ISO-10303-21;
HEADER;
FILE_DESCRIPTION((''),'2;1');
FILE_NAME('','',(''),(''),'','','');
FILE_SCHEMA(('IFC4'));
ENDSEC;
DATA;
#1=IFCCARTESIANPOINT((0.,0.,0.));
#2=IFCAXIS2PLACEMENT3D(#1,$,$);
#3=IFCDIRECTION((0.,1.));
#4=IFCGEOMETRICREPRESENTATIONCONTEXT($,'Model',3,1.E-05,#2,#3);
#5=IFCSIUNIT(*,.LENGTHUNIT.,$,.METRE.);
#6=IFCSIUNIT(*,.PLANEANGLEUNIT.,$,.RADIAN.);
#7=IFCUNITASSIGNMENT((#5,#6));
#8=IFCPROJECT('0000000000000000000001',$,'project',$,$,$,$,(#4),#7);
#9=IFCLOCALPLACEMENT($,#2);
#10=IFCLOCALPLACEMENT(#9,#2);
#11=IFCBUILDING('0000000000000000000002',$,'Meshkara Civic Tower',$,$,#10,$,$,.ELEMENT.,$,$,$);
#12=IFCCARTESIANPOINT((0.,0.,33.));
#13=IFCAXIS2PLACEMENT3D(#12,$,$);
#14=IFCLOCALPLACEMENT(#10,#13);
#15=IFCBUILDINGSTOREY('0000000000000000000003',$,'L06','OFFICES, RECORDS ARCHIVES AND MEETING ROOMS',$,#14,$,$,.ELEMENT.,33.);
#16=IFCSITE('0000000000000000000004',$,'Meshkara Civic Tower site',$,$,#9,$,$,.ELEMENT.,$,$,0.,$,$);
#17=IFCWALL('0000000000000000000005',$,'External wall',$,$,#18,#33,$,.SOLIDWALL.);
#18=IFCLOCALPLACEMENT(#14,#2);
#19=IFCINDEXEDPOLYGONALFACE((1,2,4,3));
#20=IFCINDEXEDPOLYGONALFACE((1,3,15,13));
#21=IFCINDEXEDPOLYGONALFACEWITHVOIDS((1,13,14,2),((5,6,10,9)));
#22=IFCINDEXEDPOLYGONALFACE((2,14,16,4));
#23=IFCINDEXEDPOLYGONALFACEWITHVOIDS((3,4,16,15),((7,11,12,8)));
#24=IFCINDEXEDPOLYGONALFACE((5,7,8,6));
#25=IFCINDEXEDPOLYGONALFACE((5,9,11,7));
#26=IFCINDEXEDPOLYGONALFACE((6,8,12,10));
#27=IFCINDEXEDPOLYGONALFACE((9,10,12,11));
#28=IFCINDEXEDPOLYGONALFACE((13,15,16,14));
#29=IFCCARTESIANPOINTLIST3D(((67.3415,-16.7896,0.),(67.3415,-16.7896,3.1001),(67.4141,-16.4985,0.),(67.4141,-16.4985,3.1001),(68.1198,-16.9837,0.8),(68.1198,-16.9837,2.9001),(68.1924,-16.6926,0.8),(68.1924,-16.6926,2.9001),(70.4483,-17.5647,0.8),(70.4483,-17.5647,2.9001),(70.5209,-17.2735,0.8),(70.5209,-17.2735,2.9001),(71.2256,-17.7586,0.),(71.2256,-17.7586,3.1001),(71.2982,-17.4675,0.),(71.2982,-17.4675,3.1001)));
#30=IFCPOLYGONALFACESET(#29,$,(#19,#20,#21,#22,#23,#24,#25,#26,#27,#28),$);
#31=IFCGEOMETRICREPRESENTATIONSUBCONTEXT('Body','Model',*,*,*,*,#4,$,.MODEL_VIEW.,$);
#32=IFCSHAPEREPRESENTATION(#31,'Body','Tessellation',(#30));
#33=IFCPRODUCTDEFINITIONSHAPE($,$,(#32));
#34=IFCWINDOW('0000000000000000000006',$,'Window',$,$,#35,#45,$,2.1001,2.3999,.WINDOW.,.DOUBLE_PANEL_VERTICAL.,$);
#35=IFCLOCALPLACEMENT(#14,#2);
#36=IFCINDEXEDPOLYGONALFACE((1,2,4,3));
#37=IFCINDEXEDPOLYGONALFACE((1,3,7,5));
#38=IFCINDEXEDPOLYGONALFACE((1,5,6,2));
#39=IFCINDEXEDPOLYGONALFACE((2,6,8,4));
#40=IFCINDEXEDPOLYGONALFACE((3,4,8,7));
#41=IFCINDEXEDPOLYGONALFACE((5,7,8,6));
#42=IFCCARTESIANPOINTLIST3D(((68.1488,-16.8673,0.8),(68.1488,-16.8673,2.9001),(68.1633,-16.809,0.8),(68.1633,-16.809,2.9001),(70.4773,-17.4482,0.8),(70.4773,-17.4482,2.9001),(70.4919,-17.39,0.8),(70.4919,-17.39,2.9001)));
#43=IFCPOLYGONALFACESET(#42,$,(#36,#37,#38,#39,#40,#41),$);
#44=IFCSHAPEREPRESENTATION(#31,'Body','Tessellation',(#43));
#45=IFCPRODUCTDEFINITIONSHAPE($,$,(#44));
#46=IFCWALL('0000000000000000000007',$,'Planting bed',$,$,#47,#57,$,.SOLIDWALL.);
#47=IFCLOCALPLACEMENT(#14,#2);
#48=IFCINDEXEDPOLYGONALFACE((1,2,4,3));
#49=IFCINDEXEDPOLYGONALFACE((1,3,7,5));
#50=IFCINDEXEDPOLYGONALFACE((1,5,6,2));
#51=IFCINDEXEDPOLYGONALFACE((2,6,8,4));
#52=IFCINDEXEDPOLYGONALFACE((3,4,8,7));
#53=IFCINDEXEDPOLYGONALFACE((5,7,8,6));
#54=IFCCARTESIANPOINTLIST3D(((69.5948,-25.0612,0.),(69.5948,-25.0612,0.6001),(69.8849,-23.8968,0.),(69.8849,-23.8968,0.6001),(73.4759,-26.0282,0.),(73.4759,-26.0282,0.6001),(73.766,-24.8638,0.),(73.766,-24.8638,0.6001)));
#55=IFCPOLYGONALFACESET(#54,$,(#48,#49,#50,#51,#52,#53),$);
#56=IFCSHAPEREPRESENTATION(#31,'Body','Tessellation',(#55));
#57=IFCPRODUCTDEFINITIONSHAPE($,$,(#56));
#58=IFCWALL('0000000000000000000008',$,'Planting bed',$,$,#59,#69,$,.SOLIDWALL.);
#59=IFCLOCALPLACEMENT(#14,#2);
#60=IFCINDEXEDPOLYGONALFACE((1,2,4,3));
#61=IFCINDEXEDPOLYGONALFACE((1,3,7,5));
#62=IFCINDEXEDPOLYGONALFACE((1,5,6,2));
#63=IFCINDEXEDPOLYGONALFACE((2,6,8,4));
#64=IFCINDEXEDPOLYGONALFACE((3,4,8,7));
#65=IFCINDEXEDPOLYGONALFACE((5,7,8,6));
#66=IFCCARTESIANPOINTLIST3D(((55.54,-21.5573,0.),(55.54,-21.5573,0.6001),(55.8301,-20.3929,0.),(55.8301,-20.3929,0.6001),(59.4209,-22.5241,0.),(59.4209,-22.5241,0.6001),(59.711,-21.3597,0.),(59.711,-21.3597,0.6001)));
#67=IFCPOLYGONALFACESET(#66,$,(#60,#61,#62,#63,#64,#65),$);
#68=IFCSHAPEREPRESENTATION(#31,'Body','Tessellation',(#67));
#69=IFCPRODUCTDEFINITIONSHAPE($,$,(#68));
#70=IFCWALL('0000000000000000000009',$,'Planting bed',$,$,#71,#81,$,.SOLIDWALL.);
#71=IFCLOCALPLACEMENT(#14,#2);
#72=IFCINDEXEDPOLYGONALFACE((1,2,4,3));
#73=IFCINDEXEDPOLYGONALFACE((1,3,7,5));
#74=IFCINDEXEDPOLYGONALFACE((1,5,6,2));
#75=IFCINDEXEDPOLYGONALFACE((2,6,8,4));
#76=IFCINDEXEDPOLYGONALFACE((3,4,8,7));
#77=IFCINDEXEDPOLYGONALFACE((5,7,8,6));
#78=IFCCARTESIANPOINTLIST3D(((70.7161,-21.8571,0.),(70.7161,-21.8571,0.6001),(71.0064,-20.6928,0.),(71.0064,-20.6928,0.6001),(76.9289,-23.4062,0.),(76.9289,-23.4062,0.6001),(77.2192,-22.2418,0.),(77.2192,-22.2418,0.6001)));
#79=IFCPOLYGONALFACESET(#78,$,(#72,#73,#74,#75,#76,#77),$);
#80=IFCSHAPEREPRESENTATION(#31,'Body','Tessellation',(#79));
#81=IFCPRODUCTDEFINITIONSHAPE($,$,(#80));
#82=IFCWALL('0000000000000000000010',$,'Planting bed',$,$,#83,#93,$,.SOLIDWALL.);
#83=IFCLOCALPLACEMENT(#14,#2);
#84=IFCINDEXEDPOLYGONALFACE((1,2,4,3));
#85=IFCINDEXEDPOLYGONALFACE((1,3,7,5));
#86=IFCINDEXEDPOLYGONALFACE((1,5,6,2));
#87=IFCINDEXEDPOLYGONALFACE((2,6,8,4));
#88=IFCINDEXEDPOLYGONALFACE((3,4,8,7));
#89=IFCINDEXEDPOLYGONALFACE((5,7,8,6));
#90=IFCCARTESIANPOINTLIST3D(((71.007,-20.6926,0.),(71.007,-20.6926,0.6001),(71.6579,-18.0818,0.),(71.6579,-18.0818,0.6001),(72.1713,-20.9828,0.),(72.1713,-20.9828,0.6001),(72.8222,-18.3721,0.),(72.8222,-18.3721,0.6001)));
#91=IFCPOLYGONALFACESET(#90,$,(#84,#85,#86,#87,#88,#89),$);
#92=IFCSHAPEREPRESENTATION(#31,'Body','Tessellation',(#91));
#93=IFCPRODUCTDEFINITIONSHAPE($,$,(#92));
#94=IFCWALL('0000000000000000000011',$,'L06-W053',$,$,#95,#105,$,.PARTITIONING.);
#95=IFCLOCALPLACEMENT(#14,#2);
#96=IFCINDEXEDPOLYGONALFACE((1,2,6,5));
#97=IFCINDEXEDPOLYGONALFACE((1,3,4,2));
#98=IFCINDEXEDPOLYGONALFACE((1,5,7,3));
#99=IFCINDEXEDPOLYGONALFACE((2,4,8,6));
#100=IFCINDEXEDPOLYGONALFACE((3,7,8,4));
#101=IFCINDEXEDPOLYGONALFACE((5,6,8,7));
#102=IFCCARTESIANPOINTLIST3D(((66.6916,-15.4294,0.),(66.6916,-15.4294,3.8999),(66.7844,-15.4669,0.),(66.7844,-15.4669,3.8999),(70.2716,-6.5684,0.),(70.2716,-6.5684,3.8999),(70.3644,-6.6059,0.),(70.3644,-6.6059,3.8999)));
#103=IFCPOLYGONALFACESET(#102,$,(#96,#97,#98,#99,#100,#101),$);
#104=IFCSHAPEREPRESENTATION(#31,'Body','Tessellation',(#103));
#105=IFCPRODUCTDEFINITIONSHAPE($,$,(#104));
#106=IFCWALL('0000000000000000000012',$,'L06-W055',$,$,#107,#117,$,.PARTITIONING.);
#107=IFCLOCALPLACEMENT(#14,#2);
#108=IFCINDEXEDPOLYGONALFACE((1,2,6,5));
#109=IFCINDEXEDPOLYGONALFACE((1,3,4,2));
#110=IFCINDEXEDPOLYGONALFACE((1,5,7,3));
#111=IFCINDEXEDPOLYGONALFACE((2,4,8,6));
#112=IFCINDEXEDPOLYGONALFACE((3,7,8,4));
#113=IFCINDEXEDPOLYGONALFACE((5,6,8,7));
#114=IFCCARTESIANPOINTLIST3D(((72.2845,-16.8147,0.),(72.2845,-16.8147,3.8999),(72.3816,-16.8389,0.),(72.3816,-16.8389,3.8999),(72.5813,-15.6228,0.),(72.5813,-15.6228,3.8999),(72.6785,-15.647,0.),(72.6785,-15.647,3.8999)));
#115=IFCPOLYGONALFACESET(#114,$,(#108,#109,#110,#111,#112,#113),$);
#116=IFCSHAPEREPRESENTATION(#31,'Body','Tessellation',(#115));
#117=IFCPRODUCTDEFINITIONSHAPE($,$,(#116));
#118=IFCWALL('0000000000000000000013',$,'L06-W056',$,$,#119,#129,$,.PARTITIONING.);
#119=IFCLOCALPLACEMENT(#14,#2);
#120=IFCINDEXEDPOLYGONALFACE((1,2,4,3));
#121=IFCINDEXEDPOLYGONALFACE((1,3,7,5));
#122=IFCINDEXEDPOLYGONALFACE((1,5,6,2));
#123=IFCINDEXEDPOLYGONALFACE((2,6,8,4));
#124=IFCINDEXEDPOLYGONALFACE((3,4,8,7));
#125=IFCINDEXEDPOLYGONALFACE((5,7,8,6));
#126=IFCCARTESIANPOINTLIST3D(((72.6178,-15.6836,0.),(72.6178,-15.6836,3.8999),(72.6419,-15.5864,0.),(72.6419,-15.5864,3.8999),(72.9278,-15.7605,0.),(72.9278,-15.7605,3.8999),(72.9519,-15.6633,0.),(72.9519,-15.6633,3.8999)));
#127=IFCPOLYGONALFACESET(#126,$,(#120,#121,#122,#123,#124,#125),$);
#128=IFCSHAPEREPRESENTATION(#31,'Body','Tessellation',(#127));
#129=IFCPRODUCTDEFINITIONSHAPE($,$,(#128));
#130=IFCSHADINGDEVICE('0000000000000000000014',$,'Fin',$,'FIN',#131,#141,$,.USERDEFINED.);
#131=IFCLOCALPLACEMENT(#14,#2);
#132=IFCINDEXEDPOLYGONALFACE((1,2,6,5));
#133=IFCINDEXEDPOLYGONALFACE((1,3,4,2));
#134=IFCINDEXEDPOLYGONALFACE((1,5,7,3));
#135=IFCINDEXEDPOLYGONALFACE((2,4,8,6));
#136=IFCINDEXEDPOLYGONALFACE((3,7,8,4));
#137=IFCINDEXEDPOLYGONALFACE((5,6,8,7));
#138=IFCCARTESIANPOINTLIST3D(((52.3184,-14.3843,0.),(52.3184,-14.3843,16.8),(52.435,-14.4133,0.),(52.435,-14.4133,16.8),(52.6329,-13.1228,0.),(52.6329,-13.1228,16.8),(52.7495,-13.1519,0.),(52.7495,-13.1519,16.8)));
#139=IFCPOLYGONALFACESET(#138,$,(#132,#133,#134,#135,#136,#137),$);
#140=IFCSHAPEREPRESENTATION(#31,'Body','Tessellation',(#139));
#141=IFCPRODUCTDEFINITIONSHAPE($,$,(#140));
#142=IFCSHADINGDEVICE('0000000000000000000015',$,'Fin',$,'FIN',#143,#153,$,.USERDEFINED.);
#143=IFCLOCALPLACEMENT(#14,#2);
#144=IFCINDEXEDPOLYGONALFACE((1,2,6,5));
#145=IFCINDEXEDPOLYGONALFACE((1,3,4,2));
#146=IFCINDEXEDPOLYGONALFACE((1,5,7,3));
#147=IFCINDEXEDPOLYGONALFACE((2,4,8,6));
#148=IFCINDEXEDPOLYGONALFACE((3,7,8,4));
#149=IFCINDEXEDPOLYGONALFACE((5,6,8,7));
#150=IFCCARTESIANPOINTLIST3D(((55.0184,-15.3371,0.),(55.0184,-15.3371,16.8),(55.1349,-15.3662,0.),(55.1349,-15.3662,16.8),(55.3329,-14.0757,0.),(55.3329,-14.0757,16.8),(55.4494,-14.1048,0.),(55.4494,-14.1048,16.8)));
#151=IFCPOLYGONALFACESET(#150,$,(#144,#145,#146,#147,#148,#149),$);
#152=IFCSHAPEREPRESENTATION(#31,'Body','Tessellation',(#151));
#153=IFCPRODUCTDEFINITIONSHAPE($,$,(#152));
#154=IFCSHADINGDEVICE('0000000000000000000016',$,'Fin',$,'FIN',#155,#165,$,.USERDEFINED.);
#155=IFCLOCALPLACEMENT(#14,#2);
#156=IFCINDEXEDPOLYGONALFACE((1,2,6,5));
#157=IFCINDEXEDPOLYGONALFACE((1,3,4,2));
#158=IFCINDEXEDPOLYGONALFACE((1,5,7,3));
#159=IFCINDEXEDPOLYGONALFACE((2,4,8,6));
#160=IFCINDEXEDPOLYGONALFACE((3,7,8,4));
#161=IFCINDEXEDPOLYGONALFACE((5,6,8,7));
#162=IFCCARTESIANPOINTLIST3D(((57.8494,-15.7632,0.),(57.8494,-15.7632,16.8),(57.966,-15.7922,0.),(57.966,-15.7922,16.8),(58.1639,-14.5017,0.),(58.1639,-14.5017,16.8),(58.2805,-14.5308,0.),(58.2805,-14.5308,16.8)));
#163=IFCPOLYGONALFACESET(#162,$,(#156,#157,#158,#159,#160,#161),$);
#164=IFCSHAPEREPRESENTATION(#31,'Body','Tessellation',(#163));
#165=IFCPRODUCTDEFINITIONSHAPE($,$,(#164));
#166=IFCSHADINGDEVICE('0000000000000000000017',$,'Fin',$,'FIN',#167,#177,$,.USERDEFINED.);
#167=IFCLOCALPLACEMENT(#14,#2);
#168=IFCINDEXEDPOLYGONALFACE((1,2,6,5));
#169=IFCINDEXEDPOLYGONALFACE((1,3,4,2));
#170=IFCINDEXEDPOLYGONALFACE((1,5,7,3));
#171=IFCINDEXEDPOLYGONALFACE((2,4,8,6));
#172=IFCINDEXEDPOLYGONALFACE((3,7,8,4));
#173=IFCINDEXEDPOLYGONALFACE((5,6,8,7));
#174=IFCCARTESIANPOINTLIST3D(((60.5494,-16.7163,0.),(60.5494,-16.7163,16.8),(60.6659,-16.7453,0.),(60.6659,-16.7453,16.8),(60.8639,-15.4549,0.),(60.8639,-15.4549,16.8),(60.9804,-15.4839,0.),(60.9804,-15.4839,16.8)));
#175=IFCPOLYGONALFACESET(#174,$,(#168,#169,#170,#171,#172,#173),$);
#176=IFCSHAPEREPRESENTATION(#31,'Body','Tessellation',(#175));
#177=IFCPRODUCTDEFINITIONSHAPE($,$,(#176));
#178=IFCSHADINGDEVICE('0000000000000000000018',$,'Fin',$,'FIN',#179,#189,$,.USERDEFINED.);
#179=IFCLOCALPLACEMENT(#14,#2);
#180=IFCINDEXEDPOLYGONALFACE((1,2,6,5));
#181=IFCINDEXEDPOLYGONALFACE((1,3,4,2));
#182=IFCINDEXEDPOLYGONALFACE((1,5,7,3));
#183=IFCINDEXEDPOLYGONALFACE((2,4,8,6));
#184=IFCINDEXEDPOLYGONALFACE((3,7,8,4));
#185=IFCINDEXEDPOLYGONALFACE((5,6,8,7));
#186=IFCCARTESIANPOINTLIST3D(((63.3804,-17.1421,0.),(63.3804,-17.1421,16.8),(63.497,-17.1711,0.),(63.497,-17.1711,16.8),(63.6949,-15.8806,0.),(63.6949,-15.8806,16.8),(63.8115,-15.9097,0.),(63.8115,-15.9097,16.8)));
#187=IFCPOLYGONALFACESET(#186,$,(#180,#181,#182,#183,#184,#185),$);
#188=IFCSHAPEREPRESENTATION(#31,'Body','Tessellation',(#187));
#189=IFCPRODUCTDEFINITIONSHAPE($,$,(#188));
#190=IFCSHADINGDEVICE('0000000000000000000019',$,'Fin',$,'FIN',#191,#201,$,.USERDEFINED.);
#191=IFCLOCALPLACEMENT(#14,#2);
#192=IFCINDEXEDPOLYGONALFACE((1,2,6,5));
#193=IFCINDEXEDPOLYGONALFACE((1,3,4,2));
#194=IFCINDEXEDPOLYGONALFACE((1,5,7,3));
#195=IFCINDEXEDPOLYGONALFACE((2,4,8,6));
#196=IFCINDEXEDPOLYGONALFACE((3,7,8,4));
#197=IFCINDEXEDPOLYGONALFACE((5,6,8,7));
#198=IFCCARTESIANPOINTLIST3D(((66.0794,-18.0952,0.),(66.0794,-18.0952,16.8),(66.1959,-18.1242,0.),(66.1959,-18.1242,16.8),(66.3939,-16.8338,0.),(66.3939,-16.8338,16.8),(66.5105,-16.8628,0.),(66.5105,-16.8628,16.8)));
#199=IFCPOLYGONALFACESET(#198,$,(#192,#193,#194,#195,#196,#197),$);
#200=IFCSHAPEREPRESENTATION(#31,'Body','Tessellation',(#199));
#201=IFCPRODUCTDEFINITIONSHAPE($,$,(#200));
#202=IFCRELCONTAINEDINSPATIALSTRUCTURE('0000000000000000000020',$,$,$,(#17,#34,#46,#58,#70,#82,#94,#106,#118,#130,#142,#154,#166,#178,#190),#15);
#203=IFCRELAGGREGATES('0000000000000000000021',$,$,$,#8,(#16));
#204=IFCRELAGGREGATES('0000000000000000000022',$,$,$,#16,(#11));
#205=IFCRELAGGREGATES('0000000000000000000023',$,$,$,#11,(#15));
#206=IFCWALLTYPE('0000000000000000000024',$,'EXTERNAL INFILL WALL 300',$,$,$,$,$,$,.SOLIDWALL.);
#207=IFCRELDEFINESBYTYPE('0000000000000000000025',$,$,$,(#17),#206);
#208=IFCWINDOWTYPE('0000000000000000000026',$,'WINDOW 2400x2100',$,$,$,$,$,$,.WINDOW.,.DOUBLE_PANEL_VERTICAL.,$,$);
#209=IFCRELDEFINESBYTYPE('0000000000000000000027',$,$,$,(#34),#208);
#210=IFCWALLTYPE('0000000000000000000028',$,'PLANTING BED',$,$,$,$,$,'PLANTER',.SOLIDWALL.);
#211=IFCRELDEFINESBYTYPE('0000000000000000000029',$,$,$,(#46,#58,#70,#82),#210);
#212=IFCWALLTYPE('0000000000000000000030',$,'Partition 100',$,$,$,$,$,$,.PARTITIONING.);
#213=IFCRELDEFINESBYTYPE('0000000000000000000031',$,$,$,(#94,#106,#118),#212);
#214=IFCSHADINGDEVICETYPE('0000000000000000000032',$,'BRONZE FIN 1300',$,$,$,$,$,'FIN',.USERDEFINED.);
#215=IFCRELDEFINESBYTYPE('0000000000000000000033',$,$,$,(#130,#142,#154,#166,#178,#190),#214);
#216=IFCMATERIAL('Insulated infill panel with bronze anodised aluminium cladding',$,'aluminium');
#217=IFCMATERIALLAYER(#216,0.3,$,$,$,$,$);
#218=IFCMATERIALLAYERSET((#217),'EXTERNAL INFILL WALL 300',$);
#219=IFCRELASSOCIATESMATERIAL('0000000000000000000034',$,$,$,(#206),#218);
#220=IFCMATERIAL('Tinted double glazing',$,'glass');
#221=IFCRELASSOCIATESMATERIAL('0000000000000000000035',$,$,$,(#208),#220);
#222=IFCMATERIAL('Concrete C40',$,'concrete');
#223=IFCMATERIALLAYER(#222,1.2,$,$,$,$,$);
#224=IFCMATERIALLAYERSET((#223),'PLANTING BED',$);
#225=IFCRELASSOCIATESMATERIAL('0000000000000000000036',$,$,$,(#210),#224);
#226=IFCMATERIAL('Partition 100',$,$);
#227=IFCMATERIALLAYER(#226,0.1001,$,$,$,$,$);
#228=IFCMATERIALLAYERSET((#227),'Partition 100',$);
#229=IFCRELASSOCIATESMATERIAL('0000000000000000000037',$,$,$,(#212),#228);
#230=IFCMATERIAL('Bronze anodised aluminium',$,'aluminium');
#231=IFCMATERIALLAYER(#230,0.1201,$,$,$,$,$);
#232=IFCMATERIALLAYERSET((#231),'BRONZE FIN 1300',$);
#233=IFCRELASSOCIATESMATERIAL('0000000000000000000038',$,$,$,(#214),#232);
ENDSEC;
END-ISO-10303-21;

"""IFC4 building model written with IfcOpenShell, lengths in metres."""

from ifc_helpers import new_model, si_unit, direction, frame, frame_2d, origin, origin_2d, place, context, subcontext, project, spatial, rectangle, extrude, material, layer, layer_set, type_object, element, fill, save


model = new_model("IFC4")

# Units and contexts
model_context = context("Model", 3, precision=1e-05, world=origin(), true_north=direction((0.0, 1.0)))
body_context = subcontext(model_context, "Body", "Model", "MODEL_VIEW")
ifc_project = project(units=[si_unit("LENGTHUNIT", "METRE"), si_unit("PLANEANGLEUNIT", "RADIAN")], contexts=[model_context])

# Site, building, storey
site_placement = place(None, origin())
site = spatial("IfcSite", under=ifc_project, at=site_placement, Name="Meshkara Civic Tower site", CompositionType="ELEMENT", RefElevation=0.0)
building_placement = place(site_placement, origin())
building = spatial("IfcBuilding", under=site, at=building_placement, Name="Meshkara Civic Tower", CompositionType="ELEMENT")
storey_placement = place(building_placement, frame((0.0, 0.0, 33.0)))
storey = spatial("IfcBuildingStorey", under=building, at=storey_placement, Name="L06", Description="OFFICES, RECORDS ARCHIVES AND MEETING ROOMS", CompositionType="ELEMENT", Elevation=33.0)

# Wall, opening, window
ifc_material_1 = material(Name="Insulated infill panel with bronze anodised aluminium cladding", Category="aluminium")
ifc_layer_1 = layer(ifc_material_1, 0.3)
ifc_layer_set_1 = layer_set([ifc_layer_1], Name="EXTERNAL INFILL WALL 300")
wall_type_1 = type_object("IfcWallType", Name="EXTERNAL INFILL WALL 300", PredefinedType="SOLIDWALL", material=ifc_layer_set_1)
ifc_material_2 = material(Name="Tinted double glazing", Category="glass")
window_type = type_object("IfcWindowType", Name="WINDOW 2400x2100", PartitioningType="DOUBLE_PANEL_VERTICAL", PredefinedType="WINDOW", material=ifc_material_2)
wall_1_placement = place(storey_placement, frame((67.3779, -16.644, 0.0), z_axis=(0.0, 0.0, 1.0), x_axis=(0.970261, -0.242062, 0.0)))
wall_1 = element("IfcWall", 1, at=wall_1_placement, inside=storey, type_object=wall_type_1, Name="External wall", PredefinedType="SOLIDWALL", context=body_context, shape_type="SweptSolid", body=[
    extrude(rectangle(XDim=4.0032, YDim=0.3, at=frame_2d((2.0015, 0.0))), origin(), (0.0, 0.0, 1.0), 3.1001),
])
opening_1_placement = place(wall_1_placement, frame((0.802, 0.0, 0.8)))
opening_1 = element("IfcOpeningElement", 2, at=opening_1_placement, cuts=wall_1, PredefinedType="OPENING", context=body_context, shape_type="SweptSolid", body=[
    extrude(rectangle(XDim=2.3999, YDim=2.1001, at=frame_2d((1.2, 1.05))), frame((0.0, 0.1599, 0.0), z_axis=(0.0, -1.0, 0.0), x_axis=(1.0, 0.0, 0.0)), (0.0, 0.0, 1.0), 0.3201),
])
window_1_placement = place(opening_1_placement, origin())
window_1 = element("IfcWindow", 3, at=window_1_placement, inside=storey, type_object=window_type, Name="Window", OverallHeight=2.1001, OverallWidth=2.3999, PartitioningType="DOUBLE_PANEL_VERTICAL", PredefinedType="WINDOW", context=body_context, shape_type="SweptSolid", body=[
    extrude(rectangle(XDim=2.3999, YDim=2.1001, at=frame_2d((1.2, 1.05))), frame((0.0, 0.03, 0.0), z_axis=(0.0, -1.0, 0.0), x_axis=(1.0, 0.0, 0.0)), (0.0, 0.0, 1.0), 0.0601),
])
fill(opening_1, window_1)

# Walls
ifc_material_3 = material(Name="Concrete C40", Category="concrete")
ifc_layer_2 = layer(ifc_material_3, 1.2)
ifc_layer_set_2 = layer_set([ifc_layer_2], Name="PLANTING BED")
wall_type_2 = type_object("IfcWallType", Name="PLANTING BED", ElementType="PLANTER", PredefinedType="SOLIDWALL", material=ifc_layer_set_2)
wall_2_placement = place(storey_placement, frame((73.6211, -25.446, 0.0), z_axis=(0.0, 0.0, 1.0), x_axis=(-0.970332, 0.241774, 0.0)))
element("IfcWall", 4, at=wall_2_placement, inside=storey, type_object=wall_type_2, Name="Planting bed", PredefinedType="SOLIDWALL", context=body_context, shape_type="SweptSolid", body=[
    extrude(rectangle(XDim=3.9998, YDim=1.2, at=frame_2d((2.0, 0.0))), origin(), (0.0, 0.0, 1.0), 0.6001),
])
wall_3_placement = place(storey_placement, frame((59.5659, -21.9419, 0.0), z_axis=(0.0, 0.0, 1.0), x_axis=(-0.970343, 0.241731, 0.0)))
element("IfcWall", 5, at=wall_3_placement, inside=storey, type_object=wall_type_2, Name="Planting bed", PredefinedType="SOLIDWALL", context=body_context, shape_type="SweptSolid", body=[
    extrude(rectangle(XDim=3.9995, YDim=1.2, at=frame_2d((1.9998, 0.0))), origin(), (0.0, 0.0, 1.0), 0.6001),
])
wall_4_placement = place(storey_placement, frame((70.8611, -21.2749, 0.0), z_axis=(0.0, 0.0, 1.0), x_axis=(0.970295, -0.241926, 0.0)))
element("IfcWall", 6, at=wall_4_placement, inside=storey, type_object=wall_type_2, Name="Planting bed", PredefinedType="SOLIDWALL", context=body_context, shape_type="SweptSolid", body=[
    extrude(rectangle(XDim=6.4031, YDim=1.2, at=frame_2d((3.2017, 0.0))), origin(), (0.0, 0.0, 1.0), 0.6001),
])
wall_5_placement = place(storey_placement, frame((72.24, -18.2271, 0.0), z_axis=(0.0, 0.0, 1.0), x_axis=(-0.241895, -0.970302, 0.0)))
element("IfcWall", 7, at=wall_5_placement, inside=storey, type_object=wall_type_2, Name="Planting bed", PredefinedType="SOLIDWALL", context=body_context, shape_type="SweptSolid", body=[
    extrude(rectangle(XDim=2.6907, YDim=1.2, at=frame_2d((1.3452, 0.0))), origin(), (0.0, 0.0, 1.0), 0.6001),
])
ifc_material_4 = material(Name="Partition 100")
ifc_layer_3 = layer(ifc_material_4, 0.1001)
ifc_layer_set_3 = layer_set([ifc_layer_3], Name="Partition 100")
wall_type_3 = type_object("IfcWallType", Name="Partition 100", PredefinedType="PARTITIONING", material=ifc_layer_set_3)
wall_6_placement = place(storey_placement, frame((66.738, -15.448, 0.0), z_axis=(0.0, 0.0, 1.0), x_axis=(0.374604, 0.927185, 0.0)))
element("IfcWall", 8, at=wall_6_placement, inside=storey, type_object=wall_type_3, Name="L06-W053", PredefinedType="PARTITIONING", context=body_context, shape_type="SweptSolid", body=[
    extrude(rectangle(XDim=9.5569, YDim=0.1001, at=frame_2d((4.7783, 0.0))), origin(), (0.0, 0.0, 1.0), 3.8999),
])
wall_7_placement = place(storey_placement, frame((72.333, -16.8269, 0.0), z_axis=(0.0, 0.0, 1.0), x_axis=(0.241694, 0.970353, 0.0)))
element("IfcWall", 9, at=wall_7_placement, inside=storey, type_object=wall_type_3, Name="L06-W055", PredefinedType="PARTITIONING", context=body_context, shape_type="SweptSolid", body=[
    extrude(rectangle(XDim=1.2283, YDim=0.1001, at=frame_2d((0.6143, 0.0))), origin(), (0.0, 0.0, 1.0), 3.8999),
])
wall_8_placement = place(storey_placement, frame((72.6299, -15.635, 0.0), z_axis=(0.0, 0.0, 1.0), x_axis=(0.97059, -0.240737, 0.0)))
element("IfcWall", 10, at=wall_8_placement, inside=storey, type_object=wall_type_3, Name="L06-W056", PredefinedType="PARTITIONING", context=body_context, shape_type="SweptSolid", body=[
    extrude(rectangle(XDim=0.3193, YDim=0.1001, at=frame_2d((0.1597, 0.0))), origin(), (0.0, 0.0, 1.0), 3.8999),
])

# Shading devices
ifc_material_5 = material(Name="Bronze anodised aluminium", Category="aluminium")
ifc_layer_4 = layer(ifc_material_5, 0.1201)
ifc_layer_set_4 = layer_set([ifc_layer_4], Name="BRONZE FIN 1300")
shading_device_type = type_object("IfcShadingDeviceType", Name="BRONZE FIN 1300", ElementType="FIN", PredefinedType="USERDEFINED", material=ifc_layer_set_4)
for number, where, z_axis, x_axis, name in (
    (11, (52.5339, -13.7681, 0.0), (0.0, 0.0, 1.0), (0.970296, -0.241922, 0.0), "Fin"),
    (12, (55.2339, -14.7209, 0.0), (0.0, 0.0, 1.0), (0.970296, -0.241922, 0.0), "Fin"),
    (13, (58.0649, -15.147, 0.0), (0.0, 0.0, 1.0), (0.970296, -0.241922, 0.0), "Fin"),
    (14, (60.7649, -16.1001, 0.0), (0.0, 0.0, 1.0), (0.970296, -0.241922, 0.0), "Fin"),
    (15, (63.5959, -16.5259, 0.0), (0.0, 0.0, 1.0), (0.970296, -0.241922, 0.0), "Fin"),
    (16, (66.2949, -17.479, 0.0), (0.0, 0.0, 1.0), (0.970296, -0.241922, 0.0), "Fin"),
):
    element("IfcShadingDevice", number, at=place(storey_placement, frame(where, z_axis=z_axis, x_axis=x_axis)), inside=storey, type_object=shading_device_type, Name=name, ObjectType="FIN", PredefinedType="USERDEFINED", context=body_context, shape_type="SweptSolid", body=[
        extrude(rectangle(XDim=0.1201, YDim=1.3, at=origin_2d()), origin(), (0.0, 0.0, 1.0), 16.8),
    ])

save(model, "model.ifc")
